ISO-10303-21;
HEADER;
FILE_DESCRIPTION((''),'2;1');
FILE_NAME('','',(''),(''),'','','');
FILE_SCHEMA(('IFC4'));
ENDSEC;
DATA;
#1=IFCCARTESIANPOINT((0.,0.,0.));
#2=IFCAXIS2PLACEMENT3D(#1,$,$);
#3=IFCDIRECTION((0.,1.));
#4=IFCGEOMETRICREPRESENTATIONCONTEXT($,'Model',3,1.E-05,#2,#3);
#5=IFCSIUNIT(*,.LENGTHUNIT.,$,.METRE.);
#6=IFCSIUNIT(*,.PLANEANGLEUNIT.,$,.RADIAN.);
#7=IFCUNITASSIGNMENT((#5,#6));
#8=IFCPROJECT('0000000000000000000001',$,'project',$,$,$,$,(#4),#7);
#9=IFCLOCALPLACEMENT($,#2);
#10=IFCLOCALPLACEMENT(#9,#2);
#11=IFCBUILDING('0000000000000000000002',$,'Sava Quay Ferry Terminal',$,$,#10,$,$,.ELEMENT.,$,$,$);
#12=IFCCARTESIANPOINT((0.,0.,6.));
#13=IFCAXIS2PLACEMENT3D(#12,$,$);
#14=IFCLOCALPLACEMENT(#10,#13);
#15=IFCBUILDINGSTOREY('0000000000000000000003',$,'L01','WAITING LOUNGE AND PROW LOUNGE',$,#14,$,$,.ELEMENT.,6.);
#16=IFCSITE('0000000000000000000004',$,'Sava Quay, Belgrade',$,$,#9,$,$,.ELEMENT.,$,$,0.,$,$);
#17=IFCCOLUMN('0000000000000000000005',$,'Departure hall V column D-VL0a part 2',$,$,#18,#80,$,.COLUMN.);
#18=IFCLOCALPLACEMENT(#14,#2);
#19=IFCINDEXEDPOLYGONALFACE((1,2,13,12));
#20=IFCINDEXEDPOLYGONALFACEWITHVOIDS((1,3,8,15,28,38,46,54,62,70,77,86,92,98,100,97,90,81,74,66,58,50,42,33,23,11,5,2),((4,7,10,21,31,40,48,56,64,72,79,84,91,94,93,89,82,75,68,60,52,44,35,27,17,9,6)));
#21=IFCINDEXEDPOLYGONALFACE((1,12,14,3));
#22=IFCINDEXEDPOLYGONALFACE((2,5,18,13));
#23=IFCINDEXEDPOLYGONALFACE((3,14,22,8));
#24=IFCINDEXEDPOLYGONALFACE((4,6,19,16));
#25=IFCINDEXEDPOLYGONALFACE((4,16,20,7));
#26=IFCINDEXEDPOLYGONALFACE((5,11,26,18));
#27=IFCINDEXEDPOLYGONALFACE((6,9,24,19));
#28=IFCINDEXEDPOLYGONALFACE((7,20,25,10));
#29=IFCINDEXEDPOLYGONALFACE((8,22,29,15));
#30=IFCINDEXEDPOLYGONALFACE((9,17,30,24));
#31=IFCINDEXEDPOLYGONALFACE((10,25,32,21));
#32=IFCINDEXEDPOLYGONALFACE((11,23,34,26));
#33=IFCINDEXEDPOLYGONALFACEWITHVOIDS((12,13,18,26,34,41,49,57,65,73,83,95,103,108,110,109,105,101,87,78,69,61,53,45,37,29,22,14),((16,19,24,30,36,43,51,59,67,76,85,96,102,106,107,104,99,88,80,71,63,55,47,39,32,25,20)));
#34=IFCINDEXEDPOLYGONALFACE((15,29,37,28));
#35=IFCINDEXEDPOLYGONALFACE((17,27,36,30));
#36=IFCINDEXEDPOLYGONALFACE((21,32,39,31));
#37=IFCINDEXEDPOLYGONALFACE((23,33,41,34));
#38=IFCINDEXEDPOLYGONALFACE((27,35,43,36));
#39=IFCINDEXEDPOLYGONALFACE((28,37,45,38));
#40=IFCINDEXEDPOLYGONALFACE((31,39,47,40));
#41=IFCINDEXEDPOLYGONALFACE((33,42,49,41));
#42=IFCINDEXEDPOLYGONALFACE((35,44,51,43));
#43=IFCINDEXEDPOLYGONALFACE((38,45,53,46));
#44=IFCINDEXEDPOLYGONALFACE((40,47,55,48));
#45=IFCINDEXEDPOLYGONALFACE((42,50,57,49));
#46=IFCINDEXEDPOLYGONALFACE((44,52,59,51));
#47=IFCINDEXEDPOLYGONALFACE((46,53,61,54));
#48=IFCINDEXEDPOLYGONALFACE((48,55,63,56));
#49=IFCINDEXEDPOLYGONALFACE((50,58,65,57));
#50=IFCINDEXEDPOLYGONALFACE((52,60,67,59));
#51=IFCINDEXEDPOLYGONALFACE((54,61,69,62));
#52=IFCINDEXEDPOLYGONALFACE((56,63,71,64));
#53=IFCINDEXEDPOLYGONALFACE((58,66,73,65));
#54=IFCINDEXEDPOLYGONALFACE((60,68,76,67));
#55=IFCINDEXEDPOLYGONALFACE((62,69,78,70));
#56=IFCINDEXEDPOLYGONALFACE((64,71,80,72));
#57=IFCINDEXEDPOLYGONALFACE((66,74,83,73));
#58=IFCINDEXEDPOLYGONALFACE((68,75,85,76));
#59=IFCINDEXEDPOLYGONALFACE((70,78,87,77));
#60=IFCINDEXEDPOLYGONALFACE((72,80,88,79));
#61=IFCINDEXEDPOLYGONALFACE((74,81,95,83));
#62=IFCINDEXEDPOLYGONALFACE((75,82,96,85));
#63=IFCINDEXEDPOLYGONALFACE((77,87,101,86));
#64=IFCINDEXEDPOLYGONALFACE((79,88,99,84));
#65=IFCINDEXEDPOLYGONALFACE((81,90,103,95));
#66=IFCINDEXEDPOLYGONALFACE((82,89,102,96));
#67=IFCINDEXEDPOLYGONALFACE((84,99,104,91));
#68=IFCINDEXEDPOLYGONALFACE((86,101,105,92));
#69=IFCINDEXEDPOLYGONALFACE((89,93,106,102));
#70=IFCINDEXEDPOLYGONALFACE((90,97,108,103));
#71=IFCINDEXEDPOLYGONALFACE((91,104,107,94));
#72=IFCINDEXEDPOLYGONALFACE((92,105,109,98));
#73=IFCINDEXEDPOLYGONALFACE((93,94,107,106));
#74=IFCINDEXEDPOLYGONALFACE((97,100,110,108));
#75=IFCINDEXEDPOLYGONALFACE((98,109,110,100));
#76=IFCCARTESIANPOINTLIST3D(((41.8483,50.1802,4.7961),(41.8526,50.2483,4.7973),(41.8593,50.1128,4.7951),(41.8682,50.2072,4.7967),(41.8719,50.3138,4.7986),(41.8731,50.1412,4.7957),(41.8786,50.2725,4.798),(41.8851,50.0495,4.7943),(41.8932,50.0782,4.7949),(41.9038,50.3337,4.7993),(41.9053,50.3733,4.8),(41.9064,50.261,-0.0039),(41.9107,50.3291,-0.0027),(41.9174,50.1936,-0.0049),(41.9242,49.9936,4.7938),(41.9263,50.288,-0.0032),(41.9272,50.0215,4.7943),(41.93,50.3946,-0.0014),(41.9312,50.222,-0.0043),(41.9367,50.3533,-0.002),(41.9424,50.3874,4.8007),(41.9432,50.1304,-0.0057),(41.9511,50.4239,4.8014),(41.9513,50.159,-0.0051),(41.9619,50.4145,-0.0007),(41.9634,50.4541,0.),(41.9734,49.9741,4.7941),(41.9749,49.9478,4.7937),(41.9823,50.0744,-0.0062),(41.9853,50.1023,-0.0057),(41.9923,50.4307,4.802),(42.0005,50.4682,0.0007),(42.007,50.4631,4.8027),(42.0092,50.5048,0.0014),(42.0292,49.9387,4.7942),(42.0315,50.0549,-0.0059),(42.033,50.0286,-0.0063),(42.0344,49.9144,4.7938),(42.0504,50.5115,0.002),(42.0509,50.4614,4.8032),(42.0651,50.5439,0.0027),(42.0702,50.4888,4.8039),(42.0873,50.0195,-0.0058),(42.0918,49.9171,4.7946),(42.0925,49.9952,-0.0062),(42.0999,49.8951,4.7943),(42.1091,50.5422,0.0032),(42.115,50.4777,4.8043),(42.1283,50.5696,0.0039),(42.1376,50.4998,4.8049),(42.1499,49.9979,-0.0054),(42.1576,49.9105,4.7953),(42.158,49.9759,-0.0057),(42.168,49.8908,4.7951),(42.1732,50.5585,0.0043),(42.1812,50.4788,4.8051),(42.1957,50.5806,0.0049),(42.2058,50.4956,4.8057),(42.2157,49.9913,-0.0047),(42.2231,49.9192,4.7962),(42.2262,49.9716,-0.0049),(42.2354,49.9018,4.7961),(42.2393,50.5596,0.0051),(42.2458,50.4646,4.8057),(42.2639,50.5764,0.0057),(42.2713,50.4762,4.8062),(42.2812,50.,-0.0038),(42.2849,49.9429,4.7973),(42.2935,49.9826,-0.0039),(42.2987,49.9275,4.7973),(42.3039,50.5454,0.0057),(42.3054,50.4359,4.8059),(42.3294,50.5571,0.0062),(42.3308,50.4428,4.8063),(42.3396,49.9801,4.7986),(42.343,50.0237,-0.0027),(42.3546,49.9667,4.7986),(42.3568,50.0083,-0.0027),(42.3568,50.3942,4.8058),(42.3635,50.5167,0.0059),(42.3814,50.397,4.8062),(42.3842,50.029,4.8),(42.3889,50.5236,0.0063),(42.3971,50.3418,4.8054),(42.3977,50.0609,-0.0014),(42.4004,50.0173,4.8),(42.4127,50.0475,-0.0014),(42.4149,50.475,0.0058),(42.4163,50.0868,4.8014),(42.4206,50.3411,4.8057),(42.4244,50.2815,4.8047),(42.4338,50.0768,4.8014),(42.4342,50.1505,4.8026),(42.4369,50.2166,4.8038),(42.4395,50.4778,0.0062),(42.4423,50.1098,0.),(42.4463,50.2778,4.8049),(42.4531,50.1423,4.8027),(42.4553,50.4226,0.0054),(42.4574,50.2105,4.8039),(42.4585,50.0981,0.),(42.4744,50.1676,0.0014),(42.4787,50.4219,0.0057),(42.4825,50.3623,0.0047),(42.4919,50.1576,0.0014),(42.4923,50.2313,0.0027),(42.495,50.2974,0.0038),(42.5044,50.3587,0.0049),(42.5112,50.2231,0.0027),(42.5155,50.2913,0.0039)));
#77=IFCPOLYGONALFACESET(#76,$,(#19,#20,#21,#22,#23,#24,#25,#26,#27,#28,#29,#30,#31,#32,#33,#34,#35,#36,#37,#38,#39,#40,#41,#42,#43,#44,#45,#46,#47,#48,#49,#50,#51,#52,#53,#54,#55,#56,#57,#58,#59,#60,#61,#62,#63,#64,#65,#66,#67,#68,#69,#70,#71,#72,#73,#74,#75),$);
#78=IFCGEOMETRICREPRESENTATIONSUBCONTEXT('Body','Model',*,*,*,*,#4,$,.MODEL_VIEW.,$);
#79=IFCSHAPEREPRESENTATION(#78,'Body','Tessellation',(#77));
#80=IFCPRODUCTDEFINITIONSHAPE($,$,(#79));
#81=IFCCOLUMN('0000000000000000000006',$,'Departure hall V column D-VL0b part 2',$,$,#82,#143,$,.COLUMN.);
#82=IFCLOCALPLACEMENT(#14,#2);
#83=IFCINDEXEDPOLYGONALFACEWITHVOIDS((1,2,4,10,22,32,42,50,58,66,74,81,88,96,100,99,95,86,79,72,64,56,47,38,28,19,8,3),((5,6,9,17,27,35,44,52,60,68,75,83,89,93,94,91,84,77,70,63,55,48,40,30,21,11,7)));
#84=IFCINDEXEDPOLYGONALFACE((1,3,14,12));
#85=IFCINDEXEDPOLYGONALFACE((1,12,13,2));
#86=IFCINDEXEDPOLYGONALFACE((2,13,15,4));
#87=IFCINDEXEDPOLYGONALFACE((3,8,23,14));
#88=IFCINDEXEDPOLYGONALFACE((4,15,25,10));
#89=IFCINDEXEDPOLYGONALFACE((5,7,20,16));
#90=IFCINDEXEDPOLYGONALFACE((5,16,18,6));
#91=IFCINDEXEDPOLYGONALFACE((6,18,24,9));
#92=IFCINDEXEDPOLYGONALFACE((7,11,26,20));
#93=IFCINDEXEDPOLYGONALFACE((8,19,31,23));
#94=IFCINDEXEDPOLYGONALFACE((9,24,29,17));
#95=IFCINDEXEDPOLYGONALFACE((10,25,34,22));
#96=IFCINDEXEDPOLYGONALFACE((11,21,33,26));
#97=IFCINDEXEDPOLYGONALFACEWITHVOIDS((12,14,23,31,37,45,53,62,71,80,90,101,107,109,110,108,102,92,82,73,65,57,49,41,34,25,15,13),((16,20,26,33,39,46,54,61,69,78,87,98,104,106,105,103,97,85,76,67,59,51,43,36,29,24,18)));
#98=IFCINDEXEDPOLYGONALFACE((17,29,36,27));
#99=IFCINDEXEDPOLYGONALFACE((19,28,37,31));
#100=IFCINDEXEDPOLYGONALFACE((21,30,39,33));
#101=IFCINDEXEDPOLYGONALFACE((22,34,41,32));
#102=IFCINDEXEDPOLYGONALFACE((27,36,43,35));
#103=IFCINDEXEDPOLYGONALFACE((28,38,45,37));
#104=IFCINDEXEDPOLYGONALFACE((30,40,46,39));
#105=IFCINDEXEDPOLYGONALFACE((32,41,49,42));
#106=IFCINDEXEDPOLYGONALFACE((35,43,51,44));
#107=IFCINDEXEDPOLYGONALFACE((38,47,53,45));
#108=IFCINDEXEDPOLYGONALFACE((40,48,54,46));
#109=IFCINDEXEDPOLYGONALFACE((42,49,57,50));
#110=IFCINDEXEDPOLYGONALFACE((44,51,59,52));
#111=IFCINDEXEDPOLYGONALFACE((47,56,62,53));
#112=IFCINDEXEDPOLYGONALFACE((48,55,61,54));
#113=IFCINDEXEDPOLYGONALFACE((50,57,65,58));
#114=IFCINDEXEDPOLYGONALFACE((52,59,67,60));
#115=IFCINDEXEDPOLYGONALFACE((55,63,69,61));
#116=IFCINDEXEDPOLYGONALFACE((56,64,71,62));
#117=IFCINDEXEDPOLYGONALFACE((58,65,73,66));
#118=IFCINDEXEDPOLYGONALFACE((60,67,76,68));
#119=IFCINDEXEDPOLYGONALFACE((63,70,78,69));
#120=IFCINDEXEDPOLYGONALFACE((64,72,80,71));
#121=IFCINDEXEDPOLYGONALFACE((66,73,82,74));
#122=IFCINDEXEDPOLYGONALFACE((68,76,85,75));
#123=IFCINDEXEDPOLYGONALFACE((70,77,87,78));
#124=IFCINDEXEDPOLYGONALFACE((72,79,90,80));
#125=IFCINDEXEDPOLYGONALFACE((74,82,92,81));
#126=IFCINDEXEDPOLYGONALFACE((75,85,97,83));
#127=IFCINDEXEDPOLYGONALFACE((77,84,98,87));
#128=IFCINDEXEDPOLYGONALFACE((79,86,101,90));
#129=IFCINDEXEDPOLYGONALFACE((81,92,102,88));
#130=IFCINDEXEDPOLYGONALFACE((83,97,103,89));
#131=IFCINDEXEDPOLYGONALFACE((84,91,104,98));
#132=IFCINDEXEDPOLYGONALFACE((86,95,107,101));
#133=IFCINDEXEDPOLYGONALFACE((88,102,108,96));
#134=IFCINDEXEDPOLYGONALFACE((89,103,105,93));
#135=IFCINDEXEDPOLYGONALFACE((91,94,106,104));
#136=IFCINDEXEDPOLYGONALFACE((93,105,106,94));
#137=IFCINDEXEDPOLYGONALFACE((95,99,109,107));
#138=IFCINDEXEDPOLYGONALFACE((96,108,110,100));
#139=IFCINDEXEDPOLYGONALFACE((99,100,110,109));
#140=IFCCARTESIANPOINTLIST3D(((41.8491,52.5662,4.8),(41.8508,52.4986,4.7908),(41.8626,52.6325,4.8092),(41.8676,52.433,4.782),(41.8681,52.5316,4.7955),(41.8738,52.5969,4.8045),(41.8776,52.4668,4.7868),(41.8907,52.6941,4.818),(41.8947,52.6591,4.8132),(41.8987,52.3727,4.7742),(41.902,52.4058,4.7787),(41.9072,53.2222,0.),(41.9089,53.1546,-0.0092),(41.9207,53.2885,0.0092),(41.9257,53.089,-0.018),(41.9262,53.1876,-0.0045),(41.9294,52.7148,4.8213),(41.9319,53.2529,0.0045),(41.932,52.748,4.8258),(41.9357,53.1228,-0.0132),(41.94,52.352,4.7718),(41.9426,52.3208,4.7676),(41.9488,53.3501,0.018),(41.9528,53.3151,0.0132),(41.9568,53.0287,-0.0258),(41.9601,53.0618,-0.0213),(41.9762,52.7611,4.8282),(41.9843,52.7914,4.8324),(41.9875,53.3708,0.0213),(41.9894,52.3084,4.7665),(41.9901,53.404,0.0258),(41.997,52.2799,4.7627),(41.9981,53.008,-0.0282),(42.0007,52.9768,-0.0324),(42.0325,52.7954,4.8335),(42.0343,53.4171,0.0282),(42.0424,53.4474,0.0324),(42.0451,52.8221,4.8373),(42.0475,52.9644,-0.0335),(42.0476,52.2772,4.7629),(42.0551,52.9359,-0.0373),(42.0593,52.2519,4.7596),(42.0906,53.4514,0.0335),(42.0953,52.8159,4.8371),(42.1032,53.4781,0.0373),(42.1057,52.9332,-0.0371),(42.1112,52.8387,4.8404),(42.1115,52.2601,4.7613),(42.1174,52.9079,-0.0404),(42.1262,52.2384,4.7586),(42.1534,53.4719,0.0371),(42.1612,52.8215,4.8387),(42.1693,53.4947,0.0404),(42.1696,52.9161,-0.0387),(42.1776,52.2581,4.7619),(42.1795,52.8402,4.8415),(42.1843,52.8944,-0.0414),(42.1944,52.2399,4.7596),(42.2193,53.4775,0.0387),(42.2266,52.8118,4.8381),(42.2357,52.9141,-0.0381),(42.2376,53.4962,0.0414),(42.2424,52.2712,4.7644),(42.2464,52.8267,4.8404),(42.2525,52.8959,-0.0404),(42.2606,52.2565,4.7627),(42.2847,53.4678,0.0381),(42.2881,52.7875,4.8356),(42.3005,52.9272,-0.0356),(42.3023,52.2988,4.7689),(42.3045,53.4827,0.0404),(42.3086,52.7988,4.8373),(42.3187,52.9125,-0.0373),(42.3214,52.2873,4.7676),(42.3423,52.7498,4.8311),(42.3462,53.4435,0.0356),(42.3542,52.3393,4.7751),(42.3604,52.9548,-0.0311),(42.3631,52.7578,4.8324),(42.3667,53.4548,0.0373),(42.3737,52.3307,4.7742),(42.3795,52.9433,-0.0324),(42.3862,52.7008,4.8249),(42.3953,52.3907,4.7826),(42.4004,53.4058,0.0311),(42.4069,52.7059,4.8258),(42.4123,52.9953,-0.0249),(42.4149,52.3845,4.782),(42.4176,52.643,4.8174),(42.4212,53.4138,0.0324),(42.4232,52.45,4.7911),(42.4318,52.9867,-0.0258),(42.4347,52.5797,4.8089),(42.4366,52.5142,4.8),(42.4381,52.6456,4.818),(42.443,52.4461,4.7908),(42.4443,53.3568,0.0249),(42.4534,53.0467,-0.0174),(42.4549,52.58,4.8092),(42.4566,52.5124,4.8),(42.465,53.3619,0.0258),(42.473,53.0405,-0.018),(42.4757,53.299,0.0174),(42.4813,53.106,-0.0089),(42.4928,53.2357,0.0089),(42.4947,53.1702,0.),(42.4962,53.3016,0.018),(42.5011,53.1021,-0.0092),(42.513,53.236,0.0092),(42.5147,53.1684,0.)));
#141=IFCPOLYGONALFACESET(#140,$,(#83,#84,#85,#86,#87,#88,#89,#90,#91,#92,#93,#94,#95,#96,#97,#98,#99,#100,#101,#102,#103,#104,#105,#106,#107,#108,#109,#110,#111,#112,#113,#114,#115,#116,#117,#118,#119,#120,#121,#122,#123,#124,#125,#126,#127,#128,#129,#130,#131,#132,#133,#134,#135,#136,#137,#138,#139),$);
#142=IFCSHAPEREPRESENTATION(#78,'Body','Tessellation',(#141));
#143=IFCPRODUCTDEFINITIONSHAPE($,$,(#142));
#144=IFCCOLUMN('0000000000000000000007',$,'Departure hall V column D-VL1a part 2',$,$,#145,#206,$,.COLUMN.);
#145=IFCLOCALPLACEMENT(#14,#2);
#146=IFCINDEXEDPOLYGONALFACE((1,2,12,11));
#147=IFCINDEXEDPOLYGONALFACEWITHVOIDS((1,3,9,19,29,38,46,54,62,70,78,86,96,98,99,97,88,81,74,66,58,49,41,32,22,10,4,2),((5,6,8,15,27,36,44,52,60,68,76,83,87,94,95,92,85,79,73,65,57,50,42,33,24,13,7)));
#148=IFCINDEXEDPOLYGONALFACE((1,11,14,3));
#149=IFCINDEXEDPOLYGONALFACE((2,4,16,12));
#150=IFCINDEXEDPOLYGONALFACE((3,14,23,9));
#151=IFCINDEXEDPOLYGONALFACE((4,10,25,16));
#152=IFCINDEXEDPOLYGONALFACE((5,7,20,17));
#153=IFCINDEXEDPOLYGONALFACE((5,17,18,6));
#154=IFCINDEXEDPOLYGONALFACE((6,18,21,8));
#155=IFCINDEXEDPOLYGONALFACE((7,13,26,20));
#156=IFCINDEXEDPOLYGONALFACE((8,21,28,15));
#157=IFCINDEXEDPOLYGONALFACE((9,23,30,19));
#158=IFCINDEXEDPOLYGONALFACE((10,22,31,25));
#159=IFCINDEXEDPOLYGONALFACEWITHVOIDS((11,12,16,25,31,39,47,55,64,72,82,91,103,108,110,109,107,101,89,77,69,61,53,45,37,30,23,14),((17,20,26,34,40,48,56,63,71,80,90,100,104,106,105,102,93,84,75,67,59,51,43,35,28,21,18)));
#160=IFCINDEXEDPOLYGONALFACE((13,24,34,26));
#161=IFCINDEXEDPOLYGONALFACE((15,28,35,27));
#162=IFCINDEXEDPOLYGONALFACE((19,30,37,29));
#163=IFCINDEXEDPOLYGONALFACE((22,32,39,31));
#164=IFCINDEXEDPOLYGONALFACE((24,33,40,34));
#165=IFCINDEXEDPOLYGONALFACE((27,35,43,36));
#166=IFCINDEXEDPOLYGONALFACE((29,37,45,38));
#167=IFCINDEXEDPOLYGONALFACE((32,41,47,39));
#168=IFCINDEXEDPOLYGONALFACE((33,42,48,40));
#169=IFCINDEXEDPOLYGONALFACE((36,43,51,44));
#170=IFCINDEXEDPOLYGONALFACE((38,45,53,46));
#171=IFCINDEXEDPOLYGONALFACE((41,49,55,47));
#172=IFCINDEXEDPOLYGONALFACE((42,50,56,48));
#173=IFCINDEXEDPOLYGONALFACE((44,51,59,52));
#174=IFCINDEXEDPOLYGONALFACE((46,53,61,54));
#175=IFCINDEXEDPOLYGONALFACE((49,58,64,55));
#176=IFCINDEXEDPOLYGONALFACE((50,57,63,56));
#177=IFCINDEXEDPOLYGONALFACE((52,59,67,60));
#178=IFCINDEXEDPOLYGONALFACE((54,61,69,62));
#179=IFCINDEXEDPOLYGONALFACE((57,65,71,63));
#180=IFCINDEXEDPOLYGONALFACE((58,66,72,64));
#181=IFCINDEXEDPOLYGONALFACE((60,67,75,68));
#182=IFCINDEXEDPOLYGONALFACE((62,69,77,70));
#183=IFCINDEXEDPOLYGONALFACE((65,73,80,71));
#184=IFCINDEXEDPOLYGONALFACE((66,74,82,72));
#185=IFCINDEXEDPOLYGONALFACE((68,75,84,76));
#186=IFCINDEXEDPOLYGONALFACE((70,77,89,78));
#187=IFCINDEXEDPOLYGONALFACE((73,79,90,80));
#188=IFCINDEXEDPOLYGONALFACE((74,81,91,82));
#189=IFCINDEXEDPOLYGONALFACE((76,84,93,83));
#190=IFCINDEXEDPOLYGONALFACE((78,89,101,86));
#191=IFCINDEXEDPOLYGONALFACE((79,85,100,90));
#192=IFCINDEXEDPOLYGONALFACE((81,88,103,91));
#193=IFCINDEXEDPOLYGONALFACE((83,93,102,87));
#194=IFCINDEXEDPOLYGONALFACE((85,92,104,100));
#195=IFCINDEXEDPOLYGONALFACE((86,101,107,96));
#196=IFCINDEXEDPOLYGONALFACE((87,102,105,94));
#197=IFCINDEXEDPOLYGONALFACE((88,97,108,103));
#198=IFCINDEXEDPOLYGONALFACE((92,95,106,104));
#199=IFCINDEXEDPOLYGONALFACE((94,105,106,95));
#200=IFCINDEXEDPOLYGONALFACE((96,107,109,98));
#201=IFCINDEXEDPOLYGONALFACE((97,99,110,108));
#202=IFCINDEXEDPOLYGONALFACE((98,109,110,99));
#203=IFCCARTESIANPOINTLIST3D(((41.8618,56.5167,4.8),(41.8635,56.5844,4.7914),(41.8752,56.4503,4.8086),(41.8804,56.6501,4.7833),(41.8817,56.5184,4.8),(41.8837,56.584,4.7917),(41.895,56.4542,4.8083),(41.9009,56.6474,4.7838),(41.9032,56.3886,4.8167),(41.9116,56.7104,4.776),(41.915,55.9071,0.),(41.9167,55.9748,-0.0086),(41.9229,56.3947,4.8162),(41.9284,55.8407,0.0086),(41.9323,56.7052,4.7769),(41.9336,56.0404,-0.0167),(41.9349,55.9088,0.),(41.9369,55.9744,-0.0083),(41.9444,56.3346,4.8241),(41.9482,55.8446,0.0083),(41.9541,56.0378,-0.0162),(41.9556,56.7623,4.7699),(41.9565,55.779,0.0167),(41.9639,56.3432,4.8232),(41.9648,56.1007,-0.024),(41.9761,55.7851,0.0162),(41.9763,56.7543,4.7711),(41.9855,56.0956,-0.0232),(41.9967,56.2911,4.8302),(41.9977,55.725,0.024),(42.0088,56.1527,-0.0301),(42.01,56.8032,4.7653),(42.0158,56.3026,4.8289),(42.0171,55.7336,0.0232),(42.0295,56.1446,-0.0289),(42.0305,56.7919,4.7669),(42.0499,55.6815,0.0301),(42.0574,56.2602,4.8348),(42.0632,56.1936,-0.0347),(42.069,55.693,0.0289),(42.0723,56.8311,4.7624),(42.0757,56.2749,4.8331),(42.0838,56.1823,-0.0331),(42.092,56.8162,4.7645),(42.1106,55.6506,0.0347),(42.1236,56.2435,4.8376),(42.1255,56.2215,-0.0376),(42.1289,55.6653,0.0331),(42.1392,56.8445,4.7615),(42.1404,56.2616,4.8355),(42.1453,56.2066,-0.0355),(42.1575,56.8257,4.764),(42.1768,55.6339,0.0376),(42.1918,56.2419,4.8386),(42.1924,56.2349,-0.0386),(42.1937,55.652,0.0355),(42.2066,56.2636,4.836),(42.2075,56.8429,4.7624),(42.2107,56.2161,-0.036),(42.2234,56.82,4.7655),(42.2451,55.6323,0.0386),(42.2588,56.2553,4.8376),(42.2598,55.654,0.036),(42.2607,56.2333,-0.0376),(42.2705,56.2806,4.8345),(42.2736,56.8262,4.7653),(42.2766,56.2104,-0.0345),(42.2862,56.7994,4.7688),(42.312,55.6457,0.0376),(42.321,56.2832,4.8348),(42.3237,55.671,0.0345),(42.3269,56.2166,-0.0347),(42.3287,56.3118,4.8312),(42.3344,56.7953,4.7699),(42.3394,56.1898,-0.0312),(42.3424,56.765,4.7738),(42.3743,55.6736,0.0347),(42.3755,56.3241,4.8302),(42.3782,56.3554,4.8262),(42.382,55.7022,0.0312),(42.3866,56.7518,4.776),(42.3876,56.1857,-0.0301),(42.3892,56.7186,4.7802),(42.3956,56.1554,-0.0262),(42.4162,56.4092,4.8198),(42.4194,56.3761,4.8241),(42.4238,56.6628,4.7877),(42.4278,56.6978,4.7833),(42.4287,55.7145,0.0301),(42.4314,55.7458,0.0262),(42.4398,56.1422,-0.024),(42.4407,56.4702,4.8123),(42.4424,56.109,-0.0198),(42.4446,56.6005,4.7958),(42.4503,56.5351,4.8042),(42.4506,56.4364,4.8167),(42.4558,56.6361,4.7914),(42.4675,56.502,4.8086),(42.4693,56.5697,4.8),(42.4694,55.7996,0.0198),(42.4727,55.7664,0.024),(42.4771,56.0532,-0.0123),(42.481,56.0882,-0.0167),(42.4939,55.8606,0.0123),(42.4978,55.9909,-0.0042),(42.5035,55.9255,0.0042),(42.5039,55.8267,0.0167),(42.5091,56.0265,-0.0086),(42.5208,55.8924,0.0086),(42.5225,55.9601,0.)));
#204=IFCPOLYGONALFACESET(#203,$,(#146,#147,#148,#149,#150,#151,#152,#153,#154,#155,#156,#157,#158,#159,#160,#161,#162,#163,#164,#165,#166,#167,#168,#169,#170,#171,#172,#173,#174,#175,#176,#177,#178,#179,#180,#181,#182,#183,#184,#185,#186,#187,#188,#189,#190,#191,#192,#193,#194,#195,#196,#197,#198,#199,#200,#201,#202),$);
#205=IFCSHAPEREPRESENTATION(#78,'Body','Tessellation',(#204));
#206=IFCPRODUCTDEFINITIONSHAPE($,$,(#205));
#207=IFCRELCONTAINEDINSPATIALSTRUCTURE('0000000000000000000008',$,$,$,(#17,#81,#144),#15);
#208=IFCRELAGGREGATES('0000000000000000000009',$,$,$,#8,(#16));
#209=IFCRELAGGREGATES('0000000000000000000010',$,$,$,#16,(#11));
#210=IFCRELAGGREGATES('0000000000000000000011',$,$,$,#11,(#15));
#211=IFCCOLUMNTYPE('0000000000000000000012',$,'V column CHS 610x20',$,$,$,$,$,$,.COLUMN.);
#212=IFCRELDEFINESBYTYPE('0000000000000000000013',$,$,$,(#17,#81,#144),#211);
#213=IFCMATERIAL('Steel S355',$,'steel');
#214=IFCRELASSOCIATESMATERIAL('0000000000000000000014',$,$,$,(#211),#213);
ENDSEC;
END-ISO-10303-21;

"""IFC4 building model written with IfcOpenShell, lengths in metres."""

from ifc_helpers import new_model, si_unit, direction, frame, origin, origin_2d, place, context, subcontext, project, spatial, hollow_circle, extrude, material, material_profile, profile_set, type_object, element, save


model = new_model("IFC4")

# Units and contexts
model_context = context("Model", 3, precision=1e-05, world=origin(), true_north=direction((0.0, 1.0)))
body_context = subcontext(model_context, "Body", "Model", "MODEL_VIEW")
ifc_project = project(units=[si_unit("LENGTHUNIT", "METRE"), si_unit("PLANEANGLEUNIT", "RADIAN")], contexts=[model_context])

# Site, building, storey
site_placement = place(None, origin())
site = spatial("IfcSite", under=ifc_project, at=site_placement, Name="Sava Quay, Belgrade", CompositionType="ELEMENT", RefElevation=0.0)
building_placement = place(site_placement, origin())
building = spatial("IfcBuilding", under=site, at=building_placement, Name="Sava Quay Ferry Terminal", CompositionType="ELEMENT")
storey_placement = place(building_placement, frame((0.0, 0.0, 6.0)))
storey = spatial("IfcBuildingStorey", under=building, at=storey_placement, Name="L01", Description="WAITING LOUNGE AND PROW LOUNGE", CompositionType="ELEMENT", Elevation=6.0)

# Columns
ifc_material_1 = material(Name="Steel S355", Category="steel")
ifc_material_profile_1 = material_profile(ifc_material_1, hollow_circle(Radius=0.3049, WallThickness=0.02, at=origin_2d()), Name="CHS 610 x 20.0")
ifc_profile_set_1 = profile_set([ifc_material_profile_1], Name="Steel S355")
column_type = type_object("IfcColumnType", Name="V column CHS 610x20", PredefinedType="COLUMN", material=ifc_profile_set_1)
column_1_placement = place(storey_placement, frame((42.2109, 50.2761, 0.0), z_axis=(-0.012103, -0.016832, 0.999785), x_axis=(0.811906, -0.583788, 0.0)))
element("IfcColumn", 1, at=column_1_placement, inside=storey, type_object=column_type, Name="Departure hall V column D-VL0a part 2", PredefinedType="COLUMN", context=body_context, shape_type="SweptSolid", body=[
    extrude(hollow_circle(Radius=0.3049, WallThickness=0.02, at=origin_2d()), origin(), (0.0, 0.0, 1.0), 4.801),
])
column_2_placement = place(storey_placement, frame((42.2109, 53.1953, 0.0), z_axis=(-0.011993, -0.135398, 0.990719), x_axis=(0.9961, -0.088229, 0.0)))
element("IfcColumn", 2, at=column_2_placement, inside=storey, type_object=column_type, Name="Departure hall V column D-VL0b part 2", PredefinedType="COLUMN", context=body_context, shape_type="SweptSolid", body=[
    extrude(hollow_circle(Radius=0.3049, WallThickness=0.02, at=origin_2d()), origin(), (0.0, 0.0, 1.0), 4.845),
])
column_3_placement = place(storey_placement, frame((42.2188, 55.9336, 0.0), z_axis=(-0.010999, 0.125983, 0.991971), x_axis=(-0.996211, -0.086974, 0.0)))
element("IfcColumn", 3, at=column_3_placement, inside=storey, type_object=column_type, Name="Departure hall V column D-VL1a part 2", PredefinedType="COLUMN", context=body_context, shape_type="SweptSolid", body=[
    extrude(hollow_circle(Radius=0.3049, WallThickness=0.02, at=origin_2d()), origin(), (0.0, 0.0, 1.0), 4.8389),
])

save(model, "model.ifc")
